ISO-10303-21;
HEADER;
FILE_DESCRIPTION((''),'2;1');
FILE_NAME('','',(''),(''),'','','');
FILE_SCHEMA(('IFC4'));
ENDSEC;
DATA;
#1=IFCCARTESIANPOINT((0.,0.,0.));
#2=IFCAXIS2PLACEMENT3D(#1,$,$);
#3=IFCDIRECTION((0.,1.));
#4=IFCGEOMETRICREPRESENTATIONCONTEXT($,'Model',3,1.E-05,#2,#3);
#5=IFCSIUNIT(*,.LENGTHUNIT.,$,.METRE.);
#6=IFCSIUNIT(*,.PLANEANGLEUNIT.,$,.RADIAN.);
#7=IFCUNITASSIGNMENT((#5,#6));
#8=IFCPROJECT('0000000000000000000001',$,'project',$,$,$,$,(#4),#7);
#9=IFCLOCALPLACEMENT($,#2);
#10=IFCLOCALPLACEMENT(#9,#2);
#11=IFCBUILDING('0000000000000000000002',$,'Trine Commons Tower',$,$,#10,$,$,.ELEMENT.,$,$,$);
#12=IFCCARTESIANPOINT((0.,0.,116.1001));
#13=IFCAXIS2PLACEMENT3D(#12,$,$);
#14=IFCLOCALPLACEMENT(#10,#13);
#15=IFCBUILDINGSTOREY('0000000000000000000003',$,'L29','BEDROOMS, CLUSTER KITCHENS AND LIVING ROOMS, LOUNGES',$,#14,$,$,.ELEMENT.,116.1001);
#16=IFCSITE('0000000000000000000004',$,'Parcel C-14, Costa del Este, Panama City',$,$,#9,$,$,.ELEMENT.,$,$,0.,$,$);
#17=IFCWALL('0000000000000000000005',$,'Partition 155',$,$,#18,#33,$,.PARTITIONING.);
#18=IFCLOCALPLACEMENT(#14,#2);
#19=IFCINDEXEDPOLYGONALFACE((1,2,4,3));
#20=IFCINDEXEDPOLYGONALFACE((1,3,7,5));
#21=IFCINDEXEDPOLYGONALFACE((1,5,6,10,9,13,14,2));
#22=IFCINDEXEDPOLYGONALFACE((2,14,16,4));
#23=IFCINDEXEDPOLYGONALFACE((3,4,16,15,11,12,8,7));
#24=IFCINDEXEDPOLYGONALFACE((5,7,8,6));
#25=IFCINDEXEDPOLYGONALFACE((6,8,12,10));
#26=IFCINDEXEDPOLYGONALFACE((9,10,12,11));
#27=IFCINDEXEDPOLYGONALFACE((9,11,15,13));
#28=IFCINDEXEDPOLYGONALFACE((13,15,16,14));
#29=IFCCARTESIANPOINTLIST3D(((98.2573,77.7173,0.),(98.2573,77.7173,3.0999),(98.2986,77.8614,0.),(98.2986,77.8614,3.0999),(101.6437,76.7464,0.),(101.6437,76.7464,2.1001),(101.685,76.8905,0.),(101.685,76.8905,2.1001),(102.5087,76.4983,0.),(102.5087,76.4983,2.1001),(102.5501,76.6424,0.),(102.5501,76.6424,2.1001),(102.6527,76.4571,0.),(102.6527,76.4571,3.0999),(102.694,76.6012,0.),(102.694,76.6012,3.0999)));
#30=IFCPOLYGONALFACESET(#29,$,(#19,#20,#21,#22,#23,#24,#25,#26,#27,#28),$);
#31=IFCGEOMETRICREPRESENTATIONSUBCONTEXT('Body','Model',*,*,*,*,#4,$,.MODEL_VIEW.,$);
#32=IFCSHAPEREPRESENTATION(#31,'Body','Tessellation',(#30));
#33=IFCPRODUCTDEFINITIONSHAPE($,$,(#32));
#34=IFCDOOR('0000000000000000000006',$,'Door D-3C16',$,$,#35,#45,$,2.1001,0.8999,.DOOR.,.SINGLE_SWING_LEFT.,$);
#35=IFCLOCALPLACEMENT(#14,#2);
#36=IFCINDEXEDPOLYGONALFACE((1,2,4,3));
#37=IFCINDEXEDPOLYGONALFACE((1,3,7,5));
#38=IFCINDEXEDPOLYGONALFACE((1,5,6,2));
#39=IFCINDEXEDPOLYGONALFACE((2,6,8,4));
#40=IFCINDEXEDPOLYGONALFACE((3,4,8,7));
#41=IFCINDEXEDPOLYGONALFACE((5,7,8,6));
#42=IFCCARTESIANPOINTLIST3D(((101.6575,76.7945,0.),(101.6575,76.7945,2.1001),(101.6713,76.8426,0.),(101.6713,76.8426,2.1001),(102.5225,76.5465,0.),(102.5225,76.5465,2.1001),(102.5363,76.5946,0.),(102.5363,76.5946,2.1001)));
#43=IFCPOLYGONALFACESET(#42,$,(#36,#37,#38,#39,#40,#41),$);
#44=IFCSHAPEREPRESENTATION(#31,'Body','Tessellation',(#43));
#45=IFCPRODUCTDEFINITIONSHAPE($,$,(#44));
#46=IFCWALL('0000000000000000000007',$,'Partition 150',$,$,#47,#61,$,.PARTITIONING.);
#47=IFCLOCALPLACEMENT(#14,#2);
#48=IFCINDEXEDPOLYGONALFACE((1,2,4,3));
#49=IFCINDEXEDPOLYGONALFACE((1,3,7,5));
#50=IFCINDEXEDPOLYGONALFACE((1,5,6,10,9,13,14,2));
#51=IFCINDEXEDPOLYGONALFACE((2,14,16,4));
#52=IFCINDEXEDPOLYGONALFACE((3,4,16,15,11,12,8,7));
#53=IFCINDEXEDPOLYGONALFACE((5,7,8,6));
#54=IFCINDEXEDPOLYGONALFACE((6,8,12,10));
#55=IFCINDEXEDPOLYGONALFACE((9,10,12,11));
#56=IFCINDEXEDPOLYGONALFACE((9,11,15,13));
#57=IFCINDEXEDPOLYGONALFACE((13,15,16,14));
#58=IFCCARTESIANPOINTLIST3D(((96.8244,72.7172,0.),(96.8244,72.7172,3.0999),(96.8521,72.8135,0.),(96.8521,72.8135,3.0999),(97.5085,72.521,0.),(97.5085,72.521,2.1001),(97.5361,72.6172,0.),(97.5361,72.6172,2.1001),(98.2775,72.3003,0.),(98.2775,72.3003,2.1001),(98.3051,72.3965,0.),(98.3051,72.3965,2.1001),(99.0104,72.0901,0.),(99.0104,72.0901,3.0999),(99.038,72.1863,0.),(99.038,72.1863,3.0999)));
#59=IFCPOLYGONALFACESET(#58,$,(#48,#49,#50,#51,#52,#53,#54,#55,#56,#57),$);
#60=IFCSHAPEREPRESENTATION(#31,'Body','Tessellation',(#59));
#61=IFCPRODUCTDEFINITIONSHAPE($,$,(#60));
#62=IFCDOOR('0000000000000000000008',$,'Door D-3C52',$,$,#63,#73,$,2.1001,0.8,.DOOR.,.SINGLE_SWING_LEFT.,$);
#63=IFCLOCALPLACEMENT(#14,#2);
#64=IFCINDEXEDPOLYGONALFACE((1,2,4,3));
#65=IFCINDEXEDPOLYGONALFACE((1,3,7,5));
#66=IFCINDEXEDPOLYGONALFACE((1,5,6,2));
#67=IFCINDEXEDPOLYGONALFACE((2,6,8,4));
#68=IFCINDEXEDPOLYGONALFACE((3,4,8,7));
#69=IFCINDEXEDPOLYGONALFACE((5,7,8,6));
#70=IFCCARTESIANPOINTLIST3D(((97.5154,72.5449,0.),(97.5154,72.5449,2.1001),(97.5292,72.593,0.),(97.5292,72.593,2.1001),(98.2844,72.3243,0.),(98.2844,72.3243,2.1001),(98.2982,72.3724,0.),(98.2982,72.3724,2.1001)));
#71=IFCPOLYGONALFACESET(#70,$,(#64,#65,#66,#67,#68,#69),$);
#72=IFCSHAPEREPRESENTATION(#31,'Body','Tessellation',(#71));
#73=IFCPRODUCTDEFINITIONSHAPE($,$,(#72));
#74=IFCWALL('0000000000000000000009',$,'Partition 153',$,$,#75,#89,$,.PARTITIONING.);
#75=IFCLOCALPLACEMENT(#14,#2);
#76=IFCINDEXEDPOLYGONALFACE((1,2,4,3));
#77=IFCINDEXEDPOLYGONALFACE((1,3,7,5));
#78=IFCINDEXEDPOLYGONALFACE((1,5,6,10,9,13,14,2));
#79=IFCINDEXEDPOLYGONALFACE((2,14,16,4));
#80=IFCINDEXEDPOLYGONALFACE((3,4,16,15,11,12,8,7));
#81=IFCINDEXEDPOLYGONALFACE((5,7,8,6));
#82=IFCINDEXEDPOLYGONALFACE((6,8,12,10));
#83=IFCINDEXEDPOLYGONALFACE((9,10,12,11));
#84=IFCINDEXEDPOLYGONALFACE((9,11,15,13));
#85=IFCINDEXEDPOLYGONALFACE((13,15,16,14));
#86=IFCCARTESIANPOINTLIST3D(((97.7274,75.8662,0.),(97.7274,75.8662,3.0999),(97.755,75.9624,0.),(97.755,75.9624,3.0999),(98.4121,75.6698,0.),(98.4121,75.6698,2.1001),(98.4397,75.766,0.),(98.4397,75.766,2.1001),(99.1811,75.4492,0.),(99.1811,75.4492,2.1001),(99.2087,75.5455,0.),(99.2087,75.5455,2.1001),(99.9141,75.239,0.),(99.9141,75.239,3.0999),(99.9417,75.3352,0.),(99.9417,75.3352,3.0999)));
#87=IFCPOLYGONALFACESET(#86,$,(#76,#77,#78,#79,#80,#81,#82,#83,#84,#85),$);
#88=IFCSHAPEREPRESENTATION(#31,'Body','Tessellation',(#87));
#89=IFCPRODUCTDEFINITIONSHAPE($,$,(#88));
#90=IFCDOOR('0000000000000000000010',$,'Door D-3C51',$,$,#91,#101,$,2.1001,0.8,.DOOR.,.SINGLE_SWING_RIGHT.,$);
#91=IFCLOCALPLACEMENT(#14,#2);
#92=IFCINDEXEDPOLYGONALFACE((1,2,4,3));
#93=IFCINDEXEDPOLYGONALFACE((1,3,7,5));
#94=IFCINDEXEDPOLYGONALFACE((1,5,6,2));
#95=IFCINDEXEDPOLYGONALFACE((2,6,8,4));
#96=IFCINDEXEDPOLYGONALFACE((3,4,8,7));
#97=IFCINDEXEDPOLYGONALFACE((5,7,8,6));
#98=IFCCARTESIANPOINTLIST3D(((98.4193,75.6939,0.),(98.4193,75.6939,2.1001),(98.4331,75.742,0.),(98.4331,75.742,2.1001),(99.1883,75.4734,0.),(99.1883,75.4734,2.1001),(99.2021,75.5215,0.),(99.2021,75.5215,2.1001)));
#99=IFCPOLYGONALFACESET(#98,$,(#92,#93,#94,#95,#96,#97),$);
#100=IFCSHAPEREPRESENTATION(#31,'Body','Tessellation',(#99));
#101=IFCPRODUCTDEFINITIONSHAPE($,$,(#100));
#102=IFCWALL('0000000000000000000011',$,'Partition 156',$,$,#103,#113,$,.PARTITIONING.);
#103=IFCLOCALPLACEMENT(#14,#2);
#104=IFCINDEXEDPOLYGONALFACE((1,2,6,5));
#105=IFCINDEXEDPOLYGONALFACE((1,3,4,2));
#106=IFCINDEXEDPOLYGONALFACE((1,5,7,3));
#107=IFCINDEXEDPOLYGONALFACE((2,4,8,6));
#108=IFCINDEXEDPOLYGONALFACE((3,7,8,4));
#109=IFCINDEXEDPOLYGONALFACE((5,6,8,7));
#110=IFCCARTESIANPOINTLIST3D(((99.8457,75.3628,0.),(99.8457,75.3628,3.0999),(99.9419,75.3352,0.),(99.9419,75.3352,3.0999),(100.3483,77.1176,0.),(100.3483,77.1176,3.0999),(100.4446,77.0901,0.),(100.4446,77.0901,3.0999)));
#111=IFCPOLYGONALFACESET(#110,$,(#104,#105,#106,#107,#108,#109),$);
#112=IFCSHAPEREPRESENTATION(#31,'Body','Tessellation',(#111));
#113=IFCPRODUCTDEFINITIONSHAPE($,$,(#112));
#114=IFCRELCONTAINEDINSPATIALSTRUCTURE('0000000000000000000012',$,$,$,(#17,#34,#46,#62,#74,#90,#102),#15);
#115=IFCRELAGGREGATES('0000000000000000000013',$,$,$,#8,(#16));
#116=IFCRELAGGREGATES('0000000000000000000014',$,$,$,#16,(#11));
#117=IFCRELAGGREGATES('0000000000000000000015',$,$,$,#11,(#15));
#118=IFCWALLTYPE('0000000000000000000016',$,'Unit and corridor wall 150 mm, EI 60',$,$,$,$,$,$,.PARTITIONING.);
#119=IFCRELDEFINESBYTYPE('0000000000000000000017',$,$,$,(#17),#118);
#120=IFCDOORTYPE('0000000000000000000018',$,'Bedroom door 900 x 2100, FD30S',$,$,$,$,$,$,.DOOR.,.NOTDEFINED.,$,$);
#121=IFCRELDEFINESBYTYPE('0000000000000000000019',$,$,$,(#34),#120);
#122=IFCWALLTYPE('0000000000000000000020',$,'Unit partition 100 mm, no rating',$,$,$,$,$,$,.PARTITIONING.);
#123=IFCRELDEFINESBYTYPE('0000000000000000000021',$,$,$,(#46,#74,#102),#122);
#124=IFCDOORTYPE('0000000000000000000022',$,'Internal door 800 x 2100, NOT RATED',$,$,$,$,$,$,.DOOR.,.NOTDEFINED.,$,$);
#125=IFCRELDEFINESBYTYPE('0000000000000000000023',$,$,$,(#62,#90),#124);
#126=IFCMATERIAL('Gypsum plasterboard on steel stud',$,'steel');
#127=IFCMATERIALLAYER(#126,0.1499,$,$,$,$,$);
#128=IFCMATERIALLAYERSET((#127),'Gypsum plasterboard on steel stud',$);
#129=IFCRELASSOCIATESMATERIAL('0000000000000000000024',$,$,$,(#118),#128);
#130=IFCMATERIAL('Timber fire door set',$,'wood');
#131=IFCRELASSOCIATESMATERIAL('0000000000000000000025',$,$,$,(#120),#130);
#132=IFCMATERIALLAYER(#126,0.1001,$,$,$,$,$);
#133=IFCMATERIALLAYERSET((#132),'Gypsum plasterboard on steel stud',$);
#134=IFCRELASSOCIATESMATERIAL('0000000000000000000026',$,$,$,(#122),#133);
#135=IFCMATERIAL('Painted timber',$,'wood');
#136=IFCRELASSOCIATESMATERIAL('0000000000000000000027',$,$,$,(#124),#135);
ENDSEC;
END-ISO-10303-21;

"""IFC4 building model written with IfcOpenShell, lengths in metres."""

from ifc_helpers import new_model, si_unit, direction, frame, frame_2d, origin, place, context, subcontext, project, spatial, rectangle, extrude, material, layer, layer_set, type_object, element, fill, save


model = new_model("IFC4")

# Units and contexts
model_context = context("Model", 3, precision=1e-05, world=origin(), true_north=direction((0.0, 1.0)))
body_context = subcontext(model_context, "Body", "Model", "MODEL_VIEW")
ifc_project = project(units=[si_unit("LENGTHUNIT", "METRE"), si_unit("PLANEANGLEUNIT", "RADIAN")], contexts=[model_context])

# Site, building, storey
site_placement = place(None, origin())
site = spatial("IfcSite", under=ifc_project, at=site_placement, Name="Parcel C-14, Costa del Este, Panama City", CompositionType="ELEMENT", RefElevation=0.0)
building_placement = place(site_placement, origin())
building = spatial("IfcBuilding", under=site, at=building_placement, Name="Trine Commons Tower", CompositionType="ELEMENT")
storey_placement = place(building_placement, frame((0.0, 0.0, 116.1001)))
storey = spatial("IfcBuildingStorey", under=building, at=storey_placement, Name="L29", Description="BEDROOMS, CLUSTER KITCHENS AND LIVING ROOMS, LOUNGES", CompositionType="ELEMENT", Elevation=116.1001)

# Shared definitions
ifc_material_1 = material(Name="Gypsum plasterboard on steel stud", Category="steel")
ifc_layer_1 = layer(ifc_material_1, 0.1499)
ifc_layer_set_1 = layer_set([ifc_layer_1], Name="Gypsum plasterboard on steel stud")
wall_type_1 = type_object("IfcWallType", Name="Unit and corridor wall 150 mm, EI 60", PredefinedType="PARTITIONING", material=ifc_layer_set_1)

# Shared definitions
ifc_material_2 = material(Name="Timber fire door set", Category="wood")
door_type_1 = type_object("IfcDoorType", Name="Bedroom door 900 x 2100, FD30S", OperationType="NOTDEFINED", PredefinedType="DOOR", material=ifc_material_2)

# Walls, openings, doors
wall_1_placement = place(storey_placement, frame((98.2781, 77.7893, 0.0), z_axis=(0.0, 0.0, 1.0), x_axis=(0.96127, -0.27561, 0.0)))
wall_1 = element("IfcWall", 1, at=wall_1_placement, inside=storey, type_object=wall_type_1, Name="Partition 155", PredefinedType="PARTITIONING", context=body_context, shape_type="SweptSolid", body=[
    extrude(rectangle(XDim=4.5725, YDim=0.1499, at=frame_2d((2.2861, 0.0))), origin(), (0.0, 0.0, 1.0), 3.0999),
])
opening_1_placement = place(wall_1_placement, frame((3.5227, 0.0, 0.0)))
opening_1 = element("IfcOpeningElement", 2, at=opening_1_placement, cuts=wall_1, PredefinedType="OPENING", context=body_context, shape_type="SweptSolid", body=[
    extrude(rectangle(XDim=0.8999, YDim=2.1001, at=frame_2d((0.45, 1.05))), frame((0.0, 0.085, 0.0), z_axis=(0.0, -1.0, 0.0), x_axis=(1.0, 0.0, 0.0)), (0.0, 0.0, 1.0), 0.1699),
])
door_1_placement = place(opening_1_placement, frame((0.8999, 0.0, 0.0), z_axis=(0.0, 0.0, 1.0), x_axis=(-1.0, 0.0, 0.0)))
door_1 = element("IfcDoor", 3, at=door_1_placement, inside=storey, type_object=door_type_1, Name="Door D-3C16", OperationType="SINGLE_SWING_LEFT", OverallHeight=2.1001, OverallWidth=0.8999, PredefinedType="DOOR", context=body_context, shape_type="SweptSolid", body=[
    extrude(rectangle(XDim=0.8999, YDim=2.1001, at=frame_2d((0.45, 1.05))), frame((0.0, 0.0249, 0.0), z_axis=(0.0, -1.0, 0.0), x_axis=(1.0, 0.0, 0.0)), (0.0, 0.0, 1.0), 0.05),
])
fill(opening_1, door_1)
ifc_layer_2 = layer(ifc_material_1, 0.1001)
ifc_layer_set_2 = layer_set([ifc_layer_2], Name="Gypsum plasterboard on steel stud")
wall_type_2 = type_object("IfcWallType", Name="Unit partition 100 mm, no rating", PredefinedType="PARTITIONING", material=ifc_layer_set_2)
wall_2_placement = place(storey_placement, frame((96.8381, 72.7654, 0.0), z_axis=(0.0, 0.0, 1.0), x_axis=(0.96122, -0.275784, 0.0)))
wall_2 = element("IfcWall", 4, at=wall_2_placement, inside=storey, type_object=wall_type_2, Name="Partition 150", PredefinedType="PARTITIONING", context=body_context, shape_type="SweptSolid", body=[
    extrude(rectangle(XDim=2.2742, YDim=0.1001, at=frame_2d((1.1372, 0.0))), origin(), (0.0, 0.0, 1.0), 3.0999),
])
opening_2_placement = place(wall_2_placement, frame((0.7119, 0.0, 0.0)))
opening_2 = element("IfcOpeningElement", 5, at=opening_2_placement, cuts=wall_2, PredefinedType="OPENING", context=body_context, shape_type="SweptSolid", body=[
    extrude(rectangle(XDim=0.8, YDim=2.1001, at=frame_2d((0.3999, 1.05))), frame((0.0, 0.0601, 0.0), z_axis=(0.0, -1.0, 0.0), x_axis=(1.0, 0.0, 0.0)), (0.0, 0.0, 1.0), 0.1201),
])
ifc_material_3 = material(Name="Painted timber", Category="wood")
door_type_2 = type_object("IfcDoorType", Name="Internal door 800 x 2100, NOT RATED", OperationType="NOTDEFINED", PredefinedType="DOOR", material=ifc_material_3)
door_2_placement = place(opening_2_placement, origin())
door_2 = element("IfcDoor", 6, at=door_2_placement, inside=storey, type_object=door_type_2, Name="Door D-3C52", OperationType="SINGLE_SWING_LEFT", OverallHeight=2.1001, OverallWidth=0.8, PredefinedType="DOOR", context=body_context, shape_type="SweptSolid", body=[
    extrude(rectangle(XDim=0.8, YDim=2.1001, at=frame_2d((0.3999, 1.05))), frame((0.0, 0.0249, 0.0), z_axis=(0.0, -1.0, 0.0), x_axis=(1.0, 0.0, 0.0)), (0.0, 0.0, 1.0), 0.05),
])
fill(opening_2, door_2)
wall_3_placement = place(storey_placement, frame((97.7412, 75.9143, 0.0), z_axis=(0.0, 0.0, 1.0), x_axis=(0.961244, -0.275699, 0.0)))
wall_3 = element("IfcWall", 7, at=wall_3_placement, inside=storey, type_object=wall_type_2, Name="Partition 153", PredefinedType="PARTITIONING", context=body_context, shape_type="SweptSolid", body=[
    extrude(rectangle(XDim=2.2749, YDim=0.1001, at=frame_2d((1.1375, 0.0))), origin(), (0.0, 0.0, 1.0), 3.0999),
])
opening_3_placement = place(wall_3_placement, frame((0.7124, 0.0, 0.0)))
opening_3 = element("IfcOpeningElement", 8, at=opening_3_placement, cuts=wall_3, PredefinedType="OPENING", context=body_context, shape_type="SweptSolid", body=[
    extrude(rectangle(XDim=0.8, YDim=2.1001, at=frame_2d((0.3999, 1.05))), frame((0.0, 0.0601, 0.0), z_axis=(0.0, -1.0, 0.0), x_axis=(1.0, 0.0, 0.0)), (0.0, 0.0, 1.0), 0.1201),
])
door_3_placement = place(opening_3_placement, frame((0.8, 0.0, 0.0), z_axis=(0.0, 0.0, 1.0), x_axis=(-1.0, 0.0, 0.0)))
door_3 = element("IfcDoor", 9, at=door_3_placement, inside=storey, type_object=door_type_2, Name="Door D-3C51", OperationType="SINGLE_SWING_RIGHT", OverallHeight=2.1001, OverallWidth=0.8, PredefinedType="DOOR", context=body_context, shape_type="SweptSolid", body=[
    extrude(rectangle(XDim=0.8, YDim=2.1001, at=frame_2d((0.3999, 1.05))), frame((0.0, 0.0249, 0.0), z_axis=(0.0, -1.0, 0.0), x_axis=(1.0, 0.0, 0.0)), (0.0, 0.0, 1.0), 0.05),
])
fill(opening_3, door_3)

# Wall
wall_4_placement = place(storey_placement, frame((99.8938, 75.3491, 0.0), z_axis=(0.0, 0.0, 1.0), x_axis=(0.275375, 0.961337, 0.0)))
element("IfcWall", 10, at=wall_4_placement, inside=storey, type_object=wall_type_2, Name="Partition 156", PredefinedType="PARTITIONING", context=body_context, shape_type="SweptSolid", body=[
    extrude(rectangle(XDim=1.8254, YDim=0.1001, at=frame_2d((0.9126, 0.0))), origin(), (0.0, 0.0, 1.0), 3.0999),
])

save(model, "model.ifc")
